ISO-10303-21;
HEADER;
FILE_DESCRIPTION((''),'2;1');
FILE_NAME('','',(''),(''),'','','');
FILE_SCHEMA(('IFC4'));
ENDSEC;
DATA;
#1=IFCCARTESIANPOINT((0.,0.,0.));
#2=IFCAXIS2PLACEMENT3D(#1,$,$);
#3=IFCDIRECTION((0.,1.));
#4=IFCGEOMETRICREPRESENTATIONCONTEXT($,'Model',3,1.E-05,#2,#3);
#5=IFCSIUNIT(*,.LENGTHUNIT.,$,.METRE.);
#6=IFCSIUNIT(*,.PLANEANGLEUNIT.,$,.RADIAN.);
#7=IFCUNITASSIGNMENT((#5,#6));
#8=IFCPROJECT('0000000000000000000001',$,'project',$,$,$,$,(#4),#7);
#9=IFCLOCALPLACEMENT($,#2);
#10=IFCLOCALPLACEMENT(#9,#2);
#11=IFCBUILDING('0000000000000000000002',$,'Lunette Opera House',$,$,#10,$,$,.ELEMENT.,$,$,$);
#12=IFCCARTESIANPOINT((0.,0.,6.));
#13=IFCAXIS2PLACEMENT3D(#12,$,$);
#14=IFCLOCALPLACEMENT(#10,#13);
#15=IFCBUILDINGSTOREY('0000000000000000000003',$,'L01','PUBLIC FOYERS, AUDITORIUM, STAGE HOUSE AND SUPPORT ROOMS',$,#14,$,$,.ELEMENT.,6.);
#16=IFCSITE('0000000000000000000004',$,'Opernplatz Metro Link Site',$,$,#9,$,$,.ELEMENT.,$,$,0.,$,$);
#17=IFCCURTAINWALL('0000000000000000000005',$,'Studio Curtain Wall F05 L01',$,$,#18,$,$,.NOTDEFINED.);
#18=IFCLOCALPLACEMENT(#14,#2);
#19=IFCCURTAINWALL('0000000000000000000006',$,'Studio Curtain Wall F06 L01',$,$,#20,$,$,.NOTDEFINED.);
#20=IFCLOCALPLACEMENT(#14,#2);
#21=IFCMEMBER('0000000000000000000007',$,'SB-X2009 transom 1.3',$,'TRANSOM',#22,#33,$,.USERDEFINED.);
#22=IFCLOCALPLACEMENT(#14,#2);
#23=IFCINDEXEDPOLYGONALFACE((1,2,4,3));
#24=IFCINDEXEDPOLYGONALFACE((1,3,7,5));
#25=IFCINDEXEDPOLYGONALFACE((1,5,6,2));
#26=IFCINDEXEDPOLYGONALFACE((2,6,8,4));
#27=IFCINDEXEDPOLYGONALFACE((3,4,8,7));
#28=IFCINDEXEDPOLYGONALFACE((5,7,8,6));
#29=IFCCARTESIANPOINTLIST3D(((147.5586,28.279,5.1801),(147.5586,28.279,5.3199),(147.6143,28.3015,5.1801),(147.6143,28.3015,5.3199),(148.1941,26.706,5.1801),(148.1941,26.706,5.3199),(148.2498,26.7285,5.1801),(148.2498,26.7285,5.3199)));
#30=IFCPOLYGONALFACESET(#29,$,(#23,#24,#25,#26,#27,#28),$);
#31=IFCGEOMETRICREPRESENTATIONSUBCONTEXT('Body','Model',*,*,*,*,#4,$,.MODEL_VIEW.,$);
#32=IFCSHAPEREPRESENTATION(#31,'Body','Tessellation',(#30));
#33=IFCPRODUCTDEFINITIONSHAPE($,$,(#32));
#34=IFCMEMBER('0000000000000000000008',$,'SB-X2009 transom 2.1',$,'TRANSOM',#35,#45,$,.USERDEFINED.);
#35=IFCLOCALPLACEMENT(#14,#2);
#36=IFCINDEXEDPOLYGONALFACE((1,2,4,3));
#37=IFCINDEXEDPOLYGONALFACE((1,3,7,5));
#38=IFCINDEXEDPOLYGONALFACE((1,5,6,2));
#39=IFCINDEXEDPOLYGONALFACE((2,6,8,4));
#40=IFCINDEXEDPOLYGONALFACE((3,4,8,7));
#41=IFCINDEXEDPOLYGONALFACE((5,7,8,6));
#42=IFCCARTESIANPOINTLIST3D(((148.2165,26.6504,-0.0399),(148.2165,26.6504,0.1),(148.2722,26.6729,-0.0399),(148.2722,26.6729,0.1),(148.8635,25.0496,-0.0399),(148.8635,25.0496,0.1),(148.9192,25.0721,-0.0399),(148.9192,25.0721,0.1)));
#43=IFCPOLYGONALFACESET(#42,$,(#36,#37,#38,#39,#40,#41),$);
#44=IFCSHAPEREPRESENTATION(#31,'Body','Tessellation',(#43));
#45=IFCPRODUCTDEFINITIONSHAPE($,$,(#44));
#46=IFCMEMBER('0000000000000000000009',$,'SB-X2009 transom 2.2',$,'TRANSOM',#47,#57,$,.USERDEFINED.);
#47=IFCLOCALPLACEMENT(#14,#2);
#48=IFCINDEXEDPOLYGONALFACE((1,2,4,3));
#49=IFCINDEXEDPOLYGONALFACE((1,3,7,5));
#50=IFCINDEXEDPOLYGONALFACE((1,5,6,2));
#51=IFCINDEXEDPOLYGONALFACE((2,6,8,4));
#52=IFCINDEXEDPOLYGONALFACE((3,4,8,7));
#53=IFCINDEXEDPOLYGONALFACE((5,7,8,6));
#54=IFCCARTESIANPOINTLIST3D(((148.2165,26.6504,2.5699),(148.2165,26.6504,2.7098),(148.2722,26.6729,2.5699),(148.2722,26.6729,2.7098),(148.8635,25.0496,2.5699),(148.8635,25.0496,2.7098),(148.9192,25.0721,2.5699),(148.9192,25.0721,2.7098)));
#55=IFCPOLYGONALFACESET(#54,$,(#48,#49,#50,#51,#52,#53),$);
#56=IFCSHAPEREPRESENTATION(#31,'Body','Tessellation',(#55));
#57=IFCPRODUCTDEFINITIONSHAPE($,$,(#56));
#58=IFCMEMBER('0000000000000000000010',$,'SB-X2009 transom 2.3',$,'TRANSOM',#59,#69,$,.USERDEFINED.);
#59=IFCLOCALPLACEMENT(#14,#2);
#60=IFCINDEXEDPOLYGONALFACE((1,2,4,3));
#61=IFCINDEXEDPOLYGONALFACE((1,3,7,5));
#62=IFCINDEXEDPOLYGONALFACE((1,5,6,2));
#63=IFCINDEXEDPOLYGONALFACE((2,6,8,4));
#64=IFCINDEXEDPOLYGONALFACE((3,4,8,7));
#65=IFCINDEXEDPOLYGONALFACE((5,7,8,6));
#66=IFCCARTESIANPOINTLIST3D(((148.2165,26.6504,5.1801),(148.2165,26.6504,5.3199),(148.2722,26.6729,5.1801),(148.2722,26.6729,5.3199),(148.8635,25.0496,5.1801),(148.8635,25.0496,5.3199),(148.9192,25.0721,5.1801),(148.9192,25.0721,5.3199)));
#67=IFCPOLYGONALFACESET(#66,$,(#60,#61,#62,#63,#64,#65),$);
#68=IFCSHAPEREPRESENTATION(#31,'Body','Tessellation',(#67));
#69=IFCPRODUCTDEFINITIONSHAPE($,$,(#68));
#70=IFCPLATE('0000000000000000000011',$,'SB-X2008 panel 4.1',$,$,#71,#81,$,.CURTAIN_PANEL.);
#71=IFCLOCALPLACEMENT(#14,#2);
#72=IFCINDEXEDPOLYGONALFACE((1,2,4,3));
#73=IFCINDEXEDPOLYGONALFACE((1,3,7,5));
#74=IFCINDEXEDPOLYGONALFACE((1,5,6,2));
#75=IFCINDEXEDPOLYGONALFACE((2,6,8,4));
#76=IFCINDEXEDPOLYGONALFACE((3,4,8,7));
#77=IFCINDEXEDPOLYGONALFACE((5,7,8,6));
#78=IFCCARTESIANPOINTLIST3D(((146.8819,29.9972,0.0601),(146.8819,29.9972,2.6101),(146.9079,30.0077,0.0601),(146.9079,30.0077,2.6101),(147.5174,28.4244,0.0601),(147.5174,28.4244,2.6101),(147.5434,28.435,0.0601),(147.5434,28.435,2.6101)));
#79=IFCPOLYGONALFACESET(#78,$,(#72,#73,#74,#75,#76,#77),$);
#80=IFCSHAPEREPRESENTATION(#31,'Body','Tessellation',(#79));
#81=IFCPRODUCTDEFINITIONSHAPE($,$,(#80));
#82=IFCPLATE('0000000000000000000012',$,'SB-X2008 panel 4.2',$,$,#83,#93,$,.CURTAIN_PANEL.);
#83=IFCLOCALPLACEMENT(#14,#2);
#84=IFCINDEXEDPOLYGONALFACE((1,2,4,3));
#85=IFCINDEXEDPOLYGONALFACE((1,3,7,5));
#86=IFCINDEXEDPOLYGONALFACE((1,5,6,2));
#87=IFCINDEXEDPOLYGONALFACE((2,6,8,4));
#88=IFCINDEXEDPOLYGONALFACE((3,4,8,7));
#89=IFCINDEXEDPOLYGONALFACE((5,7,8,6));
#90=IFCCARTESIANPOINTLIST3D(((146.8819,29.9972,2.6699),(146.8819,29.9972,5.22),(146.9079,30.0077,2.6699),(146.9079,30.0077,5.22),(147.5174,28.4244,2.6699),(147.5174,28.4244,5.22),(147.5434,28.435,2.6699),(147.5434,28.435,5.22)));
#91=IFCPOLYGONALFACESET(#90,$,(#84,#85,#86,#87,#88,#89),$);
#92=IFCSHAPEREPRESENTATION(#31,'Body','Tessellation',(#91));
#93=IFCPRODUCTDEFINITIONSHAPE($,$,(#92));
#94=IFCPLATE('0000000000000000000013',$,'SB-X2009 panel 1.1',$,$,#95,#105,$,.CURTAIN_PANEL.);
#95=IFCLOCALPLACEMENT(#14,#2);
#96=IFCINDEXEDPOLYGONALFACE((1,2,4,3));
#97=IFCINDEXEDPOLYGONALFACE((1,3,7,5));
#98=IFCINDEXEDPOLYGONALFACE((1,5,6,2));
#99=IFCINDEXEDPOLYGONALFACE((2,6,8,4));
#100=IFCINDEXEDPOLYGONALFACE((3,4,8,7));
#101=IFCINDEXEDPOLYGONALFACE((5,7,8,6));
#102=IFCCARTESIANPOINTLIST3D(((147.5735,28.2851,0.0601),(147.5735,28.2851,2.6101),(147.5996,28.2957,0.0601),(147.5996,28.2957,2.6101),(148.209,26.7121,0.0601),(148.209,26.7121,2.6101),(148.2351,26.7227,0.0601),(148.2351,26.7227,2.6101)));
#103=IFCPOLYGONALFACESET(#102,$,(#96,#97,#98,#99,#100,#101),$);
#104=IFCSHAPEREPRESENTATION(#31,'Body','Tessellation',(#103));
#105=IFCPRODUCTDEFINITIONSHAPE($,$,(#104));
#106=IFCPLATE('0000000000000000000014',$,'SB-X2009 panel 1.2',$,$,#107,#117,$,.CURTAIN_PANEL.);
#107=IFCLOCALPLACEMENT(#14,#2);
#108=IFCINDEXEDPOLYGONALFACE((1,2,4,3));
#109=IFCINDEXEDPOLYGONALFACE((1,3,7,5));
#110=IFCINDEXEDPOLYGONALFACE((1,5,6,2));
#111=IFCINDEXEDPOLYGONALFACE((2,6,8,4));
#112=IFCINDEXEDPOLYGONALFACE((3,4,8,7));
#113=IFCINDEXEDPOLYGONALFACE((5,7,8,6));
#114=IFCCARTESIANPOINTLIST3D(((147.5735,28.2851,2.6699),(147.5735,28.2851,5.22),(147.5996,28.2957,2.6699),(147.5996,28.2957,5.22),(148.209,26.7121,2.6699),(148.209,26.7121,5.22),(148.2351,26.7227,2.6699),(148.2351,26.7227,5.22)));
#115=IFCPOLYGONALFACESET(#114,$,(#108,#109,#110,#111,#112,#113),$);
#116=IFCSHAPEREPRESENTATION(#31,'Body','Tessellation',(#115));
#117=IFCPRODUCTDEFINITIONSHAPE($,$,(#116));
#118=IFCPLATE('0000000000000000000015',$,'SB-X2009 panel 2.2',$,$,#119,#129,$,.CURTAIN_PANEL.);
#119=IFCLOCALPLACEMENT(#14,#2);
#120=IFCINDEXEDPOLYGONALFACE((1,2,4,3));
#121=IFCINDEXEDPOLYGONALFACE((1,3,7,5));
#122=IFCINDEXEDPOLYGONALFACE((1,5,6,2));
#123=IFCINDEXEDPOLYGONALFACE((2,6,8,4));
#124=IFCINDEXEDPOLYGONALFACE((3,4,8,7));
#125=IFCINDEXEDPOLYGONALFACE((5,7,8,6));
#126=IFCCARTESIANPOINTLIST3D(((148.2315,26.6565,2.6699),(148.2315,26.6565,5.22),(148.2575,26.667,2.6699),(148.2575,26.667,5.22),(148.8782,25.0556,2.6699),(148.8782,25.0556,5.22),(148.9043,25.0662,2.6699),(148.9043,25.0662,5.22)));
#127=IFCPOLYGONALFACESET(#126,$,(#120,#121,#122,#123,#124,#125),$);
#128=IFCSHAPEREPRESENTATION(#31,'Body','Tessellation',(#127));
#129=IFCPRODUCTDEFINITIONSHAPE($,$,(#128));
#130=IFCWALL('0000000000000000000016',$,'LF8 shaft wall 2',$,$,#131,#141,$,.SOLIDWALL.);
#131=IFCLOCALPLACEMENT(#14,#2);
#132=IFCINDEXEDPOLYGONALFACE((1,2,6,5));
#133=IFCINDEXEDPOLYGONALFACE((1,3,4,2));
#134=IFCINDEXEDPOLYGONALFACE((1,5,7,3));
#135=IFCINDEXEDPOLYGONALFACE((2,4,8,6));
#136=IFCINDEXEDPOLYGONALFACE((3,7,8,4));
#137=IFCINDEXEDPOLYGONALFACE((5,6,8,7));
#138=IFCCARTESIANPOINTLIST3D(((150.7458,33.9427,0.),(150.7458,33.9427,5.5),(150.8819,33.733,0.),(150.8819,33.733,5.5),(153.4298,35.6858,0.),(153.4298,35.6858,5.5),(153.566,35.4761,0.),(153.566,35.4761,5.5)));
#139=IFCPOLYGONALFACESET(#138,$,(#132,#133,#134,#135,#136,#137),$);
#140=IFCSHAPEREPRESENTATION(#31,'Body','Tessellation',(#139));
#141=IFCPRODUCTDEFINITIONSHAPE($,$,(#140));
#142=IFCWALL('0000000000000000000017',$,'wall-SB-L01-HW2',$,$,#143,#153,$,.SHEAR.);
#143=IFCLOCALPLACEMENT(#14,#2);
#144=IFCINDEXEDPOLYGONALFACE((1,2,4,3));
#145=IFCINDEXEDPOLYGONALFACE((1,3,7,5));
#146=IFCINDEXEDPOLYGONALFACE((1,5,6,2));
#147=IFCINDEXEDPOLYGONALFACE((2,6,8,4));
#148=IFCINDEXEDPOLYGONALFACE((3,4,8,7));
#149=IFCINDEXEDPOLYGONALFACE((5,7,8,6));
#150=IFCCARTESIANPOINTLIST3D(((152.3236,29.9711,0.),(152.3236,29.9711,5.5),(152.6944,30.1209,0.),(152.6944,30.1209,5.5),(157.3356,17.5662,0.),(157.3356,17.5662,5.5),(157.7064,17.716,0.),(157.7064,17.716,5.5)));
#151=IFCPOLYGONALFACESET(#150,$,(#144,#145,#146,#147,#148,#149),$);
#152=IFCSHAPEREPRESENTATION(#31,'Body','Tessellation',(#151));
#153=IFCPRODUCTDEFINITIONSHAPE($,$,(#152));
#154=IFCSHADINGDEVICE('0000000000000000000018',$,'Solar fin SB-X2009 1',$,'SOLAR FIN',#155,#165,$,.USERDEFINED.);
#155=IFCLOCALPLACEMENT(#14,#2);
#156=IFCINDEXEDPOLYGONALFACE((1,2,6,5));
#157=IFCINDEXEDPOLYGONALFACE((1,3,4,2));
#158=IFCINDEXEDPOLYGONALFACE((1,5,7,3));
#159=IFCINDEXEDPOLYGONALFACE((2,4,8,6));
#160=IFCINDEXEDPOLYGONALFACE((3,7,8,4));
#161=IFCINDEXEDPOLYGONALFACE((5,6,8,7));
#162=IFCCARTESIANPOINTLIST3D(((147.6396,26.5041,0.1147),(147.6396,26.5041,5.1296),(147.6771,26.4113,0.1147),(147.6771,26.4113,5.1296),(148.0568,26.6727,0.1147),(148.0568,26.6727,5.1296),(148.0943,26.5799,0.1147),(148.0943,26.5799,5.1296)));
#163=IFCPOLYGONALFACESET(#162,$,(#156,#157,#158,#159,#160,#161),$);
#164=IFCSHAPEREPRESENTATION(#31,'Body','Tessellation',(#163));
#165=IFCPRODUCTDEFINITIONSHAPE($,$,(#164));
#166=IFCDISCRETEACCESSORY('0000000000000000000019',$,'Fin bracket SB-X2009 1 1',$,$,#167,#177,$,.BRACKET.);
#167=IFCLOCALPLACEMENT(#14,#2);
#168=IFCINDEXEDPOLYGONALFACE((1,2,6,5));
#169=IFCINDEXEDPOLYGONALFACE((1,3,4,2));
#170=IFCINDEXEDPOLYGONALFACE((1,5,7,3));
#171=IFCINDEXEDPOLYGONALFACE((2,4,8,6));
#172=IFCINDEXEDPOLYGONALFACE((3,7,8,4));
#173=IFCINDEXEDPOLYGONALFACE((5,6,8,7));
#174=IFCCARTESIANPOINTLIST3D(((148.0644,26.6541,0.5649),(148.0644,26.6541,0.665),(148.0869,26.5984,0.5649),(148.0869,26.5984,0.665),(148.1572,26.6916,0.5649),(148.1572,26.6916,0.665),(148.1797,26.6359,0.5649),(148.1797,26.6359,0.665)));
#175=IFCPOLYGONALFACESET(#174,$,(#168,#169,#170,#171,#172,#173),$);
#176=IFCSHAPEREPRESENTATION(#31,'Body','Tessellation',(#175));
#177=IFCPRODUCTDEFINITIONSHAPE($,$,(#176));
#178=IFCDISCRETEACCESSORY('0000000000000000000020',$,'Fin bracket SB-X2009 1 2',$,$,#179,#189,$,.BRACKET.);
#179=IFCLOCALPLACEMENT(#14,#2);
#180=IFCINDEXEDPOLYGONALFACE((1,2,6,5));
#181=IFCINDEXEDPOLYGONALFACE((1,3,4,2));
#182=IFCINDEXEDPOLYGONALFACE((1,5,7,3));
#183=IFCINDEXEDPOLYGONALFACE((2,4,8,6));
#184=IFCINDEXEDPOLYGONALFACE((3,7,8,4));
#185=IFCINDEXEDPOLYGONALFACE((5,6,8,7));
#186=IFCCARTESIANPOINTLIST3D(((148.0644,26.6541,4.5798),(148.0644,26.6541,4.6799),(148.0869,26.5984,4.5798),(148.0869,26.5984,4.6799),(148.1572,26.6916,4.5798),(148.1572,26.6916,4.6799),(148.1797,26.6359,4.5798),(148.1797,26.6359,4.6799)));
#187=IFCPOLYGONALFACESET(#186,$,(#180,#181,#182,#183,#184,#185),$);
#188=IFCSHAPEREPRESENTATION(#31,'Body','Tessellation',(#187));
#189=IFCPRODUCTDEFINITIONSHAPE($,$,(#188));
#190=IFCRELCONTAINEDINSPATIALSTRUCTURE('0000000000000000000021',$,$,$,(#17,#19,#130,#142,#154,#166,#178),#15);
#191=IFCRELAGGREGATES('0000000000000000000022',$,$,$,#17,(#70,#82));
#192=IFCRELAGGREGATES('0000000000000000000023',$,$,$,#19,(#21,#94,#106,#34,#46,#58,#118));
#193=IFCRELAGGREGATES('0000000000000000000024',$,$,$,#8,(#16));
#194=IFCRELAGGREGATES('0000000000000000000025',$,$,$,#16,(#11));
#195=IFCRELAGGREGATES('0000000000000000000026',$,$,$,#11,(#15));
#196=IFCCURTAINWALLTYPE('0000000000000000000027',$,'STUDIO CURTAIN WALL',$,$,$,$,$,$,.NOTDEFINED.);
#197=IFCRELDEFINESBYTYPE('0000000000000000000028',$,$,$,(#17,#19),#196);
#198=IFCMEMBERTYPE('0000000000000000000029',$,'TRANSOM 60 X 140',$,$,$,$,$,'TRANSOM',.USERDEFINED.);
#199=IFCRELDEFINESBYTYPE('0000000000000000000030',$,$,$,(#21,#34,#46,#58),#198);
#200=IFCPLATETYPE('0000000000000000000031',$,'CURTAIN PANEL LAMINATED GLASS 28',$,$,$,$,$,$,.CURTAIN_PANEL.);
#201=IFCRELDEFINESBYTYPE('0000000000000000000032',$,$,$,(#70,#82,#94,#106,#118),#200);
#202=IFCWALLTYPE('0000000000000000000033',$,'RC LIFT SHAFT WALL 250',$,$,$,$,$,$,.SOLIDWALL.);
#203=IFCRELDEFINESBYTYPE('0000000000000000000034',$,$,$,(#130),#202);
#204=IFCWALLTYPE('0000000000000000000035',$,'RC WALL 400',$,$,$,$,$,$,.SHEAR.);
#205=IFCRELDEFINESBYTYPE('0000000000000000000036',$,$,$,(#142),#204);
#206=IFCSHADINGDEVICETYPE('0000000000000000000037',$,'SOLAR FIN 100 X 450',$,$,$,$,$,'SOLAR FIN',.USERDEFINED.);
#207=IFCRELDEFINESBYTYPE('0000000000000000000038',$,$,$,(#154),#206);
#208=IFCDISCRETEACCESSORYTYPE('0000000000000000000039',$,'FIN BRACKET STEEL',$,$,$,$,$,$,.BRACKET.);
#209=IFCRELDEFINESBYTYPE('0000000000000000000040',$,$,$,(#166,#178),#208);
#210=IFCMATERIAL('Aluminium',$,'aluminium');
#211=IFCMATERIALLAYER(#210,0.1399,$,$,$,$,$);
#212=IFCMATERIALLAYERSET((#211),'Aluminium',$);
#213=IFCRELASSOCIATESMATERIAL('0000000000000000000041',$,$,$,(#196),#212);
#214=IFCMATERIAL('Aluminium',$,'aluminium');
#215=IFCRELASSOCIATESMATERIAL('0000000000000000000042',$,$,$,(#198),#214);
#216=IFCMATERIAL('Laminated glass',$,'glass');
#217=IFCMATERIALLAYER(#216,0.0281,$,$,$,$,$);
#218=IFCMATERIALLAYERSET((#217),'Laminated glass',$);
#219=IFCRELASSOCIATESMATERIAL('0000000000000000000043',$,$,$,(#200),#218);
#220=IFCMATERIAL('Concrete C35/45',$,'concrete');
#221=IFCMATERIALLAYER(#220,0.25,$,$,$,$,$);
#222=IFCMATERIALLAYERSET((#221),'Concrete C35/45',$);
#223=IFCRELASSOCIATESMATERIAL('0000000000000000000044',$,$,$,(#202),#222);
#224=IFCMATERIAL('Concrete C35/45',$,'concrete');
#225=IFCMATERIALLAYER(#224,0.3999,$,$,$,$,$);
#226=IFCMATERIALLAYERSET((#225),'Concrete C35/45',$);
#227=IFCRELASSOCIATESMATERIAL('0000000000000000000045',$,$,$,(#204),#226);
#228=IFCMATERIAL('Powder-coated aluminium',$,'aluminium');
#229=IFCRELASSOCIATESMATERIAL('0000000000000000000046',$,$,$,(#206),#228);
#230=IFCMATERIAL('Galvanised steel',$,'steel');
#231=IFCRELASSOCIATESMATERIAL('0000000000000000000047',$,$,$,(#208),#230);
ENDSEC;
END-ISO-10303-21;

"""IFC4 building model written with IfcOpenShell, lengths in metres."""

from ifc_helpers import new_model, si_unit, direction, frame, frame_2d, origin, origin_2d, place, context, subcontext, project, spatial, rectangle, extrude, material, layer, layer_set, material_profile, profile_set, type_object, element, aggregate, save


model = new_model("IFC4")

# Units and contexts
model_context = context("Model", 3, precision=1e-05, world=origin(), true_north=direction((0.0, 1.0)))
body_context = subcontext(model_context, "Body", "Model", "MODEL_VIEW")
ifc_project = project(units=[si_unit("LENGTHUNIT", "METRE"), si_unit("PLANEANGLEUNIT", "RADIAN")], contexts=[model_context])

# Site, building, storey
site_placement = place(None, origin())
site = spatial("IfcSite", under=ifc_project, at=site_placement, Name="Opernplatz Metro Link Site", CompositionType="ELEMENT", RefElevation=0.0)
building_placement = place(site_placement, origin())
building = spatial("IfcBuilding", under=site, at=building_placement, Name="Lunette Opera House", CompositionType="ELEMENT")
storey_placement = place(building_placement, frame((0.0, 0.0, 6.0)))
storey = spatial("IfcBuildingStorey", under=building, at=storey_placement, Name="L01", Description="PUBLIC FOYERS, AUDITORIUM, STAGE HOUSE AND SUPPORT ROOMS", CompositionType="ELEMENT", Elevation=6.0)

# Curtain walls
ifc_material_1 = material(Name="Aluminium", Category="aluminium")
ifc_layer_1 = layer(ifc_material_1, 0.1399)
ifc_layer_set_1 = layer_set([ifc_layer_1], Name="Aluminium")
curtain_wall_type = type_object("IfcCurtainWallType", Name="STUDIO CURTAIN WALL", PredefinedType="NOTDEFINED", material=ifc_layer_set_1)
curtain_wall_1_placement = place(storey_placement, origin())
curtain_wall_1 = element("IfcCurtainWall", 1, at=curtain_wall_1_placement, inside=storey, type_object=curtain_wall_type, Name="Studio Curtain Wall F05 L01", PredefinedType="NOTDEFINED")
curtain_wall_2_placement = place(storey_placement, origin())
curtain_wall_2 = element("IfcCurtainWall", 2, at=curtain_wall_2_placement, inside=storey, type_object=curtain_wall_type, Name="Studio Curtain Wall F06 L01", PredefinedType="NOTDEFINED")

# Members
ifc_material_2 = material(Name="Aluminium", Category="aluminium")
ifc_material_profile_1 = material_profile(ifc_material_2, rectangle(XDim=0.0601, YDim=0.1399, at=origin_2d()), Name="TRANSOM 60 X 140")
ifc_profile_set_1 = profile_set([ifc_material_profile_1], Name="Aluminium")
member_type_1 = type_object("IfcMemberType", Name="TRANSOM 60 X 140", ElementType="TRANSOM", PredefinedType="USERDEFINED", material=ifc_profile_set_1)
member_1_placement = place(storey_placement, frame((147.5864, 28.2903, 5.25), z_axis=(0.374589, -0.927191, 0.0), x_axis=(0.927191, 0.374589, 0.0)))
member_1 = element("IfcMember", 3, at=member_1_placement, type_object=member_type_1, Name="SB-X2009 transom 1.3", ObjectType="TRANSOM", PredefinedType="USERDEFINED", context=body_context, shape_type="SweptSolid", body=[
    extrude(rectangle(XDim=0.0601, YDim=0.1399, at=origin_2d()), origin(), (0.0, 0.0, 1.0), 1.6965),
])
member_2_placement = place(storey_placement, frame((148.2444, 26.6616, 0.03), z_axis=(0.374704, -0.927145, 0.0), x_axis=(0.927145, 0.374704, 0.0)))
member_2 = element("IfcMember", 4, at=member_2_placement, type_object=member_type_1, Name="SB-X2009 transom 2.1", ObjectType="TRANSOM", PredefinedType="USERDEFINED", context=body_context, shape_type="SweptSolid", body=[
    extrude(rectangle(XDim=0.0601, YDim=0.1399, at=origin_2d()), origin(), (0.0, 0.0, 1.0), 1.7266),
])
member_3_placement = place(storey_placement, frame((148.2444, 26.6616, 2.6399), z_axis=(0.374704, -0.927145, 0.0), x_axis=(0.927145, 0.374704, 0.0)))
member_3 = element("IfcMember", 5, at=member_3_placement, type_object=member_type_1, Name="SB-X2009 transom 2.2", ObjectType="TRANSOM", PredefinedType="USERDEFINED", context=body_context, shape_type="SweptSolid", body=[
    extrude(rectangle(XDim=0.0601, YDim=0.1399, at=origin_2d()), origin(), (0.0, 0.0, 1.0), 1.7266),
])
member_4_placement = place(storey_placement, frame((148.2444, 26.6616, 5.25), z_axis=(0.374704, -0.927145, 0.0), x_axis=(0.927145, 0.374704, 0.0)))
member_4 = element("IfcMember", 6, at=member_4_placement, type_object=member_type_1, Name="SB-X2009 transom 2.3", ObjectType="TRANSOM", PredefinedType="USERDEFINED", context=body_context, shape_type="SweptSolid", body=[
    extrude(rectangle(XDim=0.0601, YDim=0.1399, at=origin_2d()), origin(), (0.0, 0.0, 1.0), 1.7266),
])

# Plates
ifc_material_3 = material(Name="Laminated glass", Category="glass")
ifc_layer_2 = layer(ifc_material_3, 0.0281)
ifc_layer_set_2 = layer_set([ifc_layer_2], Name="Laminated glass")
plate_type = type_object("IfcPlateType", Name="CURTAIN PANEL LAMINATED GLASS 28", PredefinedType="CURTAIN_PANEL", material=ifc_layer_set_2)
plate_1_placement = place(storey_placement, frame((147.2126, 29.2161, 0.0601), z_axis=(0.0, 0.0, 1.0), x_axis=(0.374646, -0.927168, 0.0)))
plate_1 = element("IfcPlate", 7, at=plate_1_placement, type_object=plate_type, Name="SB-X2008 panel 4.1", PredefinedType="CURTAIN_PANEL", context=body_context, shape_type="SweptSolid", body=[
    extrude(rectangle(XDim=1.6963, YDim=0.0281, at=origin_2d()), origin(), (0.0, 0.0, 1.0), 2.55),
])
plate_2_placement = place(storey_placement, frame((147.2126, 29.2161, 2.6699), z_axis=(0.0, 0.0, 1.0), x_axis=(0.374646, -0.927168, 0.0)))
plate_2 = element("IfcPlate", 8, at=plate_2_placement, type_object=plate_type, Name="SB-X2008 panel 4.2", PredefinedType="CURTAIN_PANEL", context=body_context, shape_type="SweptSolid", body=[
    extrude(rectangle(XDim=1.6963, YDim=0.0281, at=origin_2d()), origin(), (0.0, 0.0, 1.0), 2.55),
])
aggregate(curtain_wall_1, [plate_1, plate_2])
plate_3_placement = place(storey_placement, frame((147.9043, 27.5039, 0.0601), z_axis=(0.0, 0.0, 1.0), x_axis=(0.374597, -0.927188, 0.0)))
plate_3 = element("IfcPlate", 9, at=plate_3_placement, type_object=plate_type, Name="SB-X2009 panel 1.1", PredefinedType="CURTAIN_PANEL", context=body_context, shape_type="SweptSolid", body=[
    extrude(rectangle(XDim=1.6965, YDim=0.0281, at=origin_2d()), origin(), (0.0, 0.0, 1.0), 2.55),
])
plate_4_placement = place(storey_placement, frame((147.9043, 27.5039, 2.6699), z_axis=(0.0, 0.0, 1.0), x_axis=(0.374597, -0.927188, 0.0)))
plate_4 = element("IfcPlate", 10, at=plate_4_placement, type_object=plate_type, Name="SB-X2009 panel 1.2", PredefinedType="CURTAIN_PANEL", context=body_context, shape_type="SweptSolid", body=[
    extrude(rectangle(XDim=1.6965, YDim=0.0281, at=origin_2d()), origin(), (0.0, 0.0, 1.0), 2.55),
])
plate_5_placement = place(storey_placement, frame((148.5679, 25.8613, 2.6699), z_axis=(0.0, 0.0, 1.0), x_axis=(0.374597, -0.927188, 0.0)))
plate_5 = element("IfcPlate", 11, at=plate_5_placement, type_object=plate_type, Name="SB-X2009 panel 2.2", PredefinedType="CURTAIN_PANEL", context=body_context, shape_type="SweptSolid", body=[
    extrude(rectangle(XDim=1.7266, YDim=0.0281, at=origin_2d()), origin(), (0.0, 0.0, 1.0), 2.55),
])
aggregate(curtain_wall_2, [member_1, plate_3, plate_4, member_2, member_3, member_4, plate_5])

# Walls
ifc_material_4 = material(Name="Concrete C35/45", Category="concrete")
ifc_layer_3 = layer(ifc_material_4, 0.25)
ifc_layer_set_3 = layer_set([ifc_layer_3], Name="Concrete C35/45")
wall_type_1 = type_object("IfcWallType", Name="RC LIFT SHAFT WALL 250", PredefinedType="SOLIDWALL", material=ifc_layer_set_3)
wall_1_placement = place(storey_placement, frame((150.814, 33.8379, 0.0), z_axis=(0.0, 0.0, 1.0), x_axis=(0.838656, 0.544661, 0.0)))
element("IfcWall", 12, at=wall_1_placement, inside=storey, type_object=wall_type_1, Name="LF8 shaft wall 2", PredefinedType="SOLIDWALL", context=body_context, shape_type="SweptSolid", body=[
    extrude(rectangle(XDim=3.2004, YDim=0.25, at=frame_2d((1.6001, 0.0))), origin(), (0.0, 0.0, 1.0), 5.5),
])
ifc_material_5 = material(Name="Concrete C35/45", Category="concrete")
ifc_layer_4 = layer(ifc_material_5, 0.3999)
ifc_layer_set_4 = layer_set([ifc_layer_4], Name="Concrete C35/45")
wall_type_2 = type_object("IfcWallType", Name="RC WALL 400", PredefinedType="SHEAR", material=ifc_layer_set_4)
wall_2_placement = place(storey_placement, frame((152.509, 30.0459, 0.0), z_axis=(0.0, 0.0, 1.0), x_axis=(0.374613, -0.927181, 0.0)))
element("IfcWall", 13, at=wall_2_placement, inside=storey, type_object=wall_type_2, Name="wall-SB-L01-HW2", PredefinedType="SHEAR", context=body_context, shape_type="SweptSolid", body=[
    extrude(rectangle(XDim=13.3792, YDim=0.3999, at=frame_2d((6.6895, 0.0))), origin(), (0.0, 0.0, 1.0), 5.5),
])

# Shading device
ifc_material_6 = material(Name="Powder-coated aluminium", Category="aluminium")
shading_device_type = type_object("IfcShadingDeviceType", Name="SOLAR FIN 100 X 450", ElementType="SOLAR FIN", PredefinedType="USERDEFINED", material=ifc_material_6)
shading_device_placement = place(storey_placement, frame((147.8669, 26.542, 0.1147), z_axis=(0.0, 0.0, 1.0), x_axis=(-0.927188, -0.374597, 0.0)))
element("IfcShadingDevice", 14, at=shading_device_placement, inside=storey, type_object=shading_device_type, Name="Solar fin SB-X2009 1", ObjectType="SOLAR FIN", PredefinedType="USERDEFINED", context=body_context, shape_type="SweptSolid", body=[
    extrude(rectangle(XDim=0.45, YDim=0.1001, at=origin_2d()), origin(), (0.0, 0.0, 1.0), 5.0149),
])

# Discrete accessories
ifc_material_7 = material(Name="Galvanised steel", Category="steel")
discrete_accessory_type = type_object("IfcDiscreteAccessoryType", Name="FIN BRACKET STEEL", PredefinedType="BRACKET", material=ifc_material_7)
for number, where, z_axis, x_axis, name in (
    (15, (148.1221, 26.645, 0.5649), (0.0, 0.0, 1.0), (-0.927188, -0.374597, 0.0), "Fin bracket SB-X2009 1 1"),
    (16, (148.1221, 26.645, 4.5798), (0.0, 0.0, 1.0), (-0.927188, -0.374597, 0.0), "Fin bracket SB-X2009 1 2"),
):
    element("IfcDiscreteAccessory", number, at=place(storey_placement, frame(where, z_axis=z_axis, x_axis=x_axis)), inside=storey, type_object=discrete_accessory_type, Name=name, PredefinedType="BRACKET", context=body_context, shape_type="SweptSolid", body=[
        extrude(rectangle(XDim=0.1001, YDim=0.0601, at=origin_2d()), origin(), (0.0, 0.0, 1.0), 0.1001),
    ])

save(model, "model.ifc")
